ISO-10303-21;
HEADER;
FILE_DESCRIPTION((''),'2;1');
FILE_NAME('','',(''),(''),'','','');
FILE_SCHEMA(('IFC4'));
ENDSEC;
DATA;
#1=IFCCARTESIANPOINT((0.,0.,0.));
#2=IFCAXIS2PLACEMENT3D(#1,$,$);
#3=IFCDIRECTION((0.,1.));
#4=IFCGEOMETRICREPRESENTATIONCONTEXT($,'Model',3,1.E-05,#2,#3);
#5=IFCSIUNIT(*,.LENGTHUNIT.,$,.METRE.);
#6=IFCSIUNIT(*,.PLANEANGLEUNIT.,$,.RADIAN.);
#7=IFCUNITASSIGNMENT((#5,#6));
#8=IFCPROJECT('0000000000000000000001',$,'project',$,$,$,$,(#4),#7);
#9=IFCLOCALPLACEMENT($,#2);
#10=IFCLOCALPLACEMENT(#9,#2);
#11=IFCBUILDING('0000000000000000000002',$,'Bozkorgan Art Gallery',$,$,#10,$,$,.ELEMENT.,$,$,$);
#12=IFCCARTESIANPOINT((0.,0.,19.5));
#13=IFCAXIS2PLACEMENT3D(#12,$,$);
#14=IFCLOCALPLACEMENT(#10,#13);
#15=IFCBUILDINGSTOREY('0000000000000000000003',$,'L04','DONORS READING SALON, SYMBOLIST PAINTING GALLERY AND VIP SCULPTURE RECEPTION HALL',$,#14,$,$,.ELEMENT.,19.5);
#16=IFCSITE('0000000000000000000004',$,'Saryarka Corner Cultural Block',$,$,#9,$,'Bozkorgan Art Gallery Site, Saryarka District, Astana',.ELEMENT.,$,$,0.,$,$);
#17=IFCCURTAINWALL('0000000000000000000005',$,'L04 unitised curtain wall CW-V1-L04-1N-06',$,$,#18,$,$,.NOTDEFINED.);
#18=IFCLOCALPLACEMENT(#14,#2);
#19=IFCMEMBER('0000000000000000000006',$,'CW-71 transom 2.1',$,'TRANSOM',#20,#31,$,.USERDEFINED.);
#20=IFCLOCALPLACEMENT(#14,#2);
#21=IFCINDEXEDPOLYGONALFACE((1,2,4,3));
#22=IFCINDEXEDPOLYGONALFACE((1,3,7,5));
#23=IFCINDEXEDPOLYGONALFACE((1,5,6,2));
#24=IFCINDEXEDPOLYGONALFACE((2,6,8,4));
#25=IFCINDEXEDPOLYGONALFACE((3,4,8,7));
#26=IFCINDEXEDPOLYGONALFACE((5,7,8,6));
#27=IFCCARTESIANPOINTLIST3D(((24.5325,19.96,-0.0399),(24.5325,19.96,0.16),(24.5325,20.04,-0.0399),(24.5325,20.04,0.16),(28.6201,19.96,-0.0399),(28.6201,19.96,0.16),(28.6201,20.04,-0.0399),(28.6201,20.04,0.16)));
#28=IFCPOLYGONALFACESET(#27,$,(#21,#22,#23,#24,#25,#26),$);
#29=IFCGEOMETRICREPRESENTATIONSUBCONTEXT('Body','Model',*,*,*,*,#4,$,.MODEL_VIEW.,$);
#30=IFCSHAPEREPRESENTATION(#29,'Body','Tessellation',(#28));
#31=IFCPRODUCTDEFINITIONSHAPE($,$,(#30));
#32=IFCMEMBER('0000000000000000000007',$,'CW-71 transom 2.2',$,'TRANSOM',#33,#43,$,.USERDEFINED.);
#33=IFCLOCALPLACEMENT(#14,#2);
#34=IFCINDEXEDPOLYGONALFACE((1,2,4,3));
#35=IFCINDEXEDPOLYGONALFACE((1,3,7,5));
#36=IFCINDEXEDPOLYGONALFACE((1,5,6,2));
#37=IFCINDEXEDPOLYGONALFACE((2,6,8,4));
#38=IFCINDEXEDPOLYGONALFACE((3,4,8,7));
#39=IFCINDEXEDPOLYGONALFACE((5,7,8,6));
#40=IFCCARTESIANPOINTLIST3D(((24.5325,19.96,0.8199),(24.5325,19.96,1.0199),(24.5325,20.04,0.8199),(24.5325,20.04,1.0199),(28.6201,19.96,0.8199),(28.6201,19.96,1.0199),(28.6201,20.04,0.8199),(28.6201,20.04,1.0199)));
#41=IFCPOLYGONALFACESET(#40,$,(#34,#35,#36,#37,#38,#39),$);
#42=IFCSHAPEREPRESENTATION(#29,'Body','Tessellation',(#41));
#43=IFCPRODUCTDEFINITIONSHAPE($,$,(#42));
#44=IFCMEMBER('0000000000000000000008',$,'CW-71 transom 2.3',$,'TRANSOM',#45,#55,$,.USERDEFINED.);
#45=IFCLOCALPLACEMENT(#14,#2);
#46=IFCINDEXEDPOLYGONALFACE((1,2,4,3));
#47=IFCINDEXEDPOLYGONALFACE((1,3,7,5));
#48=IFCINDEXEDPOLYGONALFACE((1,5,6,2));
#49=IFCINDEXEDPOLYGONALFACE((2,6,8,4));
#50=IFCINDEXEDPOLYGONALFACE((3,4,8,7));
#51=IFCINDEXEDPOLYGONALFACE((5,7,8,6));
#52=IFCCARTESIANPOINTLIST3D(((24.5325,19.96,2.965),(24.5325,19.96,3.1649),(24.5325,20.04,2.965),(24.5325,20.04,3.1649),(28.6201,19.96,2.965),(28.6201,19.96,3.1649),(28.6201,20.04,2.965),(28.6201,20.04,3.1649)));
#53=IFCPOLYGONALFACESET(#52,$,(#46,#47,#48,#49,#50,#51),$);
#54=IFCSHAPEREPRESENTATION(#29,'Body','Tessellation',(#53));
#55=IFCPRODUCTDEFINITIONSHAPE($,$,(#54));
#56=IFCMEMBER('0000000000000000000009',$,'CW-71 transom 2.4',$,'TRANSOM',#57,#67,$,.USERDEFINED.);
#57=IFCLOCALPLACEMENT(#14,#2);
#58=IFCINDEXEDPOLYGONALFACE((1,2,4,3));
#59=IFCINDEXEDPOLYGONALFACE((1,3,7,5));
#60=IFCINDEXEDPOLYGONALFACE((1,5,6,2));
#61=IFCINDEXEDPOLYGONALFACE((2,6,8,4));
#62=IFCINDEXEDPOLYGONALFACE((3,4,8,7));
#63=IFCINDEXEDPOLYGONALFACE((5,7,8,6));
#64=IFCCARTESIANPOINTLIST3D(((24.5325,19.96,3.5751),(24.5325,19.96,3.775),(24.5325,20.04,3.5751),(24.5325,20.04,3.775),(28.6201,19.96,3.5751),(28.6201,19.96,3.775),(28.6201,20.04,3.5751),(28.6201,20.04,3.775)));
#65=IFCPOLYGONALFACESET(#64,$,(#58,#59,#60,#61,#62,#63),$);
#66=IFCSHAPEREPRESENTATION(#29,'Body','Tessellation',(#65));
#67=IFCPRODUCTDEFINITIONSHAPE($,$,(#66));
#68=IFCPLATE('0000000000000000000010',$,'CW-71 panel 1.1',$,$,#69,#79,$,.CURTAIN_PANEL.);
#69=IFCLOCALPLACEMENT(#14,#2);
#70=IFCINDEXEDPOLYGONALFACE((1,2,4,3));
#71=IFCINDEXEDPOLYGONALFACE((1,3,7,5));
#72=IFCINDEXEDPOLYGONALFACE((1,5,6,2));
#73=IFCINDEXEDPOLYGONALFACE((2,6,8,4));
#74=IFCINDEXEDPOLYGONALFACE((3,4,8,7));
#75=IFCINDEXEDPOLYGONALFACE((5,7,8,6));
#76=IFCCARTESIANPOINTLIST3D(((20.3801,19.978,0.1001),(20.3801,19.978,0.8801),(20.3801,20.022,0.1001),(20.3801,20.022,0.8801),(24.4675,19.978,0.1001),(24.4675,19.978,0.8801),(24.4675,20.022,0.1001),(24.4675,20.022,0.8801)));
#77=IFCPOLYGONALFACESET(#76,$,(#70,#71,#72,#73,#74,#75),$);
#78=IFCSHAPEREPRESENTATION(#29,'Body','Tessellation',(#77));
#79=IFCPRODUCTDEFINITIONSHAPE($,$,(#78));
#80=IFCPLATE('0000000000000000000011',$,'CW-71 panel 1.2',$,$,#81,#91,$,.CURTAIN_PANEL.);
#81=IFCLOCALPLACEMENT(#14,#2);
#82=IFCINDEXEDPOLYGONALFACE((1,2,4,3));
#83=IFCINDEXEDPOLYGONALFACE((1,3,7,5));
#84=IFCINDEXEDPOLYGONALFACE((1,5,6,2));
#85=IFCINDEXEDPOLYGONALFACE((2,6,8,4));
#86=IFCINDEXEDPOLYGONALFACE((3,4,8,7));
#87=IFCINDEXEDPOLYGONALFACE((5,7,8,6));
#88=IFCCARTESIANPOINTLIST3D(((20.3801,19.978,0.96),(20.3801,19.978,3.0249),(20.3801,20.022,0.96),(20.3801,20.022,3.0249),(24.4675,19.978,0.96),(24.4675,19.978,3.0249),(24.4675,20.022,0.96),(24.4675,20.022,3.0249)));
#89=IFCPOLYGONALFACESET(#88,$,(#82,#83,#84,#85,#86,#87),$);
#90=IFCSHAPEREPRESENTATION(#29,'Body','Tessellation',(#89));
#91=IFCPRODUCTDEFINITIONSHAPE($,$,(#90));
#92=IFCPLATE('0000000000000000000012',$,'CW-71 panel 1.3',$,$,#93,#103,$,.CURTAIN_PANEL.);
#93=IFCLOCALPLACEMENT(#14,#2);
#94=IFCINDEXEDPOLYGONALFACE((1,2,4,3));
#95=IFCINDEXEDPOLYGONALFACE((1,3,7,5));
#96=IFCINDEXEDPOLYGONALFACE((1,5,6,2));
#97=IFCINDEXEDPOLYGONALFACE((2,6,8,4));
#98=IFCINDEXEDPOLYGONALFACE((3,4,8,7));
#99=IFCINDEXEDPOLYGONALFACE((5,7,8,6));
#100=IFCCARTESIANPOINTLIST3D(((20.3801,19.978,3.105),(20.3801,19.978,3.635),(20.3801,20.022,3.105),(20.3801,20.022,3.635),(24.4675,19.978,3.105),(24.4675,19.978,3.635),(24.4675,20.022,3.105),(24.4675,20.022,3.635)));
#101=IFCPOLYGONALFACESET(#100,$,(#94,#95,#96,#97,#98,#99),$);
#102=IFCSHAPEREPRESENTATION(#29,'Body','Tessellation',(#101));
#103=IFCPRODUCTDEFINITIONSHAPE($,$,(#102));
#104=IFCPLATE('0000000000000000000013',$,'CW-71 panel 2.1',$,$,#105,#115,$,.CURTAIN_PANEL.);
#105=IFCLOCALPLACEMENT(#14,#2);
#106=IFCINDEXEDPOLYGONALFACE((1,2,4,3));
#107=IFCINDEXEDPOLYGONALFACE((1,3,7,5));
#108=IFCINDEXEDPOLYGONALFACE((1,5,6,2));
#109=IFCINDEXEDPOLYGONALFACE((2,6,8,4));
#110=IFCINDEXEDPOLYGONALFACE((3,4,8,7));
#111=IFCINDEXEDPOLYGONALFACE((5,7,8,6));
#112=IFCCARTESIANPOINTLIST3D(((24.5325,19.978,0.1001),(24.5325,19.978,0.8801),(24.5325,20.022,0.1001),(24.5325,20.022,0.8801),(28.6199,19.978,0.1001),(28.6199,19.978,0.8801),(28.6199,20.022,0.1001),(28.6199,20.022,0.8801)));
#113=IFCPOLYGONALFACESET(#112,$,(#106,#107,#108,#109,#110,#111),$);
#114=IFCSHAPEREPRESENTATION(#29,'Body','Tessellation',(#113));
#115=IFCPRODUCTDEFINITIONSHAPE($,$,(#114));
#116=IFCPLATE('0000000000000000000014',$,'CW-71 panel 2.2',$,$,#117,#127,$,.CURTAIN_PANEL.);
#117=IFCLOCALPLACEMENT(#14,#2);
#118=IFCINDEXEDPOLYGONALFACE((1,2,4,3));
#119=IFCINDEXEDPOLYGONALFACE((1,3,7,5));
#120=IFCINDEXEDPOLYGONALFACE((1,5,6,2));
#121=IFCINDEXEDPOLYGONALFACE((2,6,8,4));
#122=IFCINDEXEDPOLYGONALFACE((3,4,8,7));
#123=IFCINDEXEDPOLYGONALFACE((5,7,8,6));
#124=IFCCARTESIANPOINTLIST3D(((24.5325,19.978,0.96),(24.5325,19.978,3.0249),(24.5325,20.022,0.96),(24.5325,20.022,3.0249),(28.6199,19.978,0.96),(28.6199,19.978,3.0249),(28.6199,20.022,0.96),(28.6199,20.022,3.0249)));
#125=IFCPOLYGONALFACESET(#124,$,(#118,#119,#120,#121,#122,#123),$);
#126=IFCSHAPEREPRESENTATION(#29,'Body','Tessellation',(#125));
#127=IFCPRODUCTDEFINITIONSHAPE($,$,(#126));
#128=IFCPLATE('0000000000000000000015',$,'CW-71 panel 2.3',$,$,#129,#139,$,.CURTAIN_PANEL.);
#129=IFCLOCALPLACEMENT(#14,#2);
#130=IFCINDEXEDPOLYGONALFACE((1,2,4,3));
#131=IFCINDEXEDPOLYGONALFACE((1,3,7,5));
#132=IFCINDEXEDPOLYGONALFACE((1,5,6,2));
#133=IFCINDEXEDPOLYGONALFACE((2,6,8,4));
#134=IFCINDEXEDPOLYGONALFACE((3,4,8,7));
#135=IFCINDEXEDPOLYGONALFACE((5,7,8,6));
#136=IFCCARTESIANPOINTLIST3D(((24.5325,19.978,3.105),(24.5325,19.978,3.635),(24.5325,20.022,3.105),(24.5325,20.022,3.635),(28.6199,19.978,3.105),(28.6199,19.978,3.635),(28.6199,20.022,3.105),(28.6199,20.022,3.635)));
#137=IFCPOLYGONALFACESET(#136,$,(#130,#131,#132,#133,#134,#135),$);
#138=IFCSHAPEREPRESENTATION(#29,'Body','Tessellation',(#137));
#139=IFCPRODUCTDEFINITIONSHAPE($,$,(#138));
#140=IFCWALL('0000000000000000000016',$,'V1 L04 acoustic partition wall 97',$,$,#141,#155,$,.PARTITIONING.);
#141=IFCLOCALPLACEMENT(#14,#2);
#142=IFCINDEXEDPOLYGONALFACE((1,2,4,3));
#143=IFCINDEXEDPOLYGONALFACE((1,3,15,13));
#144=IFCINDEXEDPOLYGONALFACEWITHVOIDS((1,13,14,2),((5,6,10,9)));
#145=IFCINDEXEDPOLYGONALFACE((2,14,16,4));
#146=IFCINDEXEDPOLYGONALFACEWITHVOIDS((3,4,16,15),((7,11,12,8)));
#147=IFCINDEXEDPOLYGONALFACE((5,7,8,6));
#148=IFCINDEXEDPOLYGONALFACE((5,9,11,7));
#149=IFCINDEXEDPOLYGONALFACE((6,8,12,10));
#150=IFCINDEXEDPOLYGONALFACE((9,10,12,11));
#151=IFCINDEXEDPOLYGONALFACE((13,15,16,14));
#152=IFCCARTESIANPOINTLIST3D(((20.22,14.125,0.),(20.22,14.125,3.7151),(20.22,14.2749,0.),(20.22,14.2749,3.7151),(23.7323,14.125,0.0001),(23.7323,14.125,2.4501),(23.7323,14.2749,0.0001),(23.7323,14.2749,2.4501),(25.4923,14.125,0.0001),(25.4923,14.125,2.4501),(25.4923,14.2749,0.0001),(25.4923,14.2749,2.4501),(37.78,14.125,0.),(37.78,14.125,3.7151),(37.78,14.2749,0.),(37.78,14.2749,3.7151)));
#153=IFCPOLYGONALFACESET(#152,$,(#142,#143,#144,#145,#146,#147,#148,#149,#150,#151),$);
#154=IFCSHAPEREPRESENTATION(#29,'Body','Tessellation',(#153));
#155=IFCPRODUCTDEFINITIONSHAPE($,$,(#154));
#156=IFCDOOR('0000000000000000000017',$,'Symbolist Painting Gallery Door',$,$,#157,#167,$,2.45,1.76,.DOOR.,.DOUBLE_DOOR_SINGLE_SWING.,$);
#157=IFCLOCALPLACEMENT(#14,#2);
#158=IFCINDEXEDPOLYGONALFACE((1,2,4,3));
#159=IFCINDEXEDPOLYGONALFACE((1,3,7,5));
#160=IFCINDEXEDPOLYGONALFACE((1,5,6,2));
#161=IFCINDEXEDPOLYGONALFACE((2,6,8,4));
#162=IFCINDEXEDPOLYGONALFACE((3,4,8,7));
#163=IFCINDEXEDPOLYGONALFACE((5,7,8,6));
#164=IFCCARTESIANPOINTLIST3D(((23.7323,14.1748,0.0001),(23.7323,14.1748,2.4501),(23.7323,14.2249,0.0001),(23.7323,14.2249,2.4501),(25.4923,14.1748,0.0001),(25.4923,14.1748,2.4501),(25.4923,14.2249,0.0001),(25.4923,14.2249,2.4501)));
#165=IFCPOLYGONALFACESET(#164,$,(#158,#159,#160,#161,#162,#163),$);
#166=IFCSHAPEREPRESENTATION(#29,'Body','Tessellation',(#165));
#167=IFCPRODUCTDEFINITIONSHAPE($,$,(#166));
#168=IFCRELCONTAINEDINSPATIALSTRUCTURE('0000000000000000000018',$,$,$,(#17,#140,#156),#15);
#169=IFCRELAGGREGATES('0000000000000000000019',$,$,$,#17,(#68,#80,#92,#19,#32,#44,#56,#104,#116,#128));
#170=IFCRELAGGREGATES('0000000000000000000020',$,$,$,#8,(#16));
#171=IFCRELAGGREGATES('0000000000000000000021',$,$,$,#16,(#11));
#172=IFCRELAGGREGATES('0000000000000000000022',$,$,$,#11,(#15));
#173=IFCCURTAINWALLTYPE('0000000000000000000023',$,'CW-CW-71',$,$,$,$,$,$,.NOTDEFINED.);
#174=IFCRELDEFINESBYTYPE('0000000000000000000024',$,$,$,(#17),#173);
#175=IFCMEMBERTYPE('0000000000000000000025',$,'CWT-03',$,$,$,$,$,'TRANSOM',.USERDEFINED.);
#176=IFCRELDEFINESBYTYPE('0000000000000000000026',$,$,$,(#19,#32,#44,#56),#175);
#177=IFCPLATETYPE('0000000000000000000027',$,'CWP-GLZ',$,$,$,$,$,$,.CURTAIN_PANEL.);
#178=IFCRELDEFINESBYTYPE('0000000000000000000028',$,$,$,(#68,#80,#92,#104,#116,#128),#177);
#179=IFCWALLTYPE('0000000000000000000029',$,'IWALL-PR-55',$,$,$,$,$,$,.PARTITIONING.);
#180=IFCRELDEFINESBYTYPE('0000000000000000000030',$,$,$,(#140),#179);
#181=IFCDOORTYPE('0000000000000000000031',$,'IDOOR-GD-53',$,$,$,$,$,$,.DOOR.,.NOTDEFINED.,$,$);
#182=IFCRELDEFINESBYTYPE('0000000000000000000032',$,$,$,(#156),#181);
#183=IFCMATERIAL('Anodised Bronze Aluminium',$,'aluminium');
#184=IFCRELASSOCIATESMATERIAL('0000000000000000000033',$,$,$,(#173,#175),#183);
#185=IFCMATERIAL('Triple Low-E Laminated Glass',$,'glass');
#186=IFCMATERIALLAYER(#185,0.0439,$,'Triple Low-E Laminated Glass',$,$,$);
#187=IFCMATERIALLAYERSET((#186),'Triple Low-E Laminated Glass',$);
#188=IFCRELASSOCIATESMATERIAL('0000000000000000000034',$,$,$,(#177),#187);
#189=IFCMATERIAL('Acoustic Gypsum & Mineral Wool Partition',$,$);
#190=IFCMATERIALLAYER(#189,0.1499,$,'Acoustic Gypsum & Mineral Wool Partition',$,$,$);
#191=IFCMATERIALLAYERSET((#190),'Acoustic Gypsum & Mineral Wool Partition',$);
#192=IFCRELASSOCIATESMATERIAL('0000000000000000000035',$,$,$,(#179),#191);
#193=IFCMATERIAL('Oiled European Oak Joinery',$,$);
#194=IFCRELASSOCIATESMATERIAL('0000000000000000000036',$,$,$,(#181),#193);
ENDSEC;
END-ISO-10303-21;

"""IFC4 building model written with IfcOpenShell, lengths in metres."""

from ifc_helpers import new_model, si_unit, direction, frame, frame_2d, origin, origin_2d, place, context, subcontext, project, spatial, rectangle, extrude, material, layer, layer_set, material_profile, profile_set, type_object, element, fill, aggregate, save


model = new_model("IFC4")

# Units and contexts
model_context = context("Model", 3, precision=1e-05, world=origin(), true_north=direction((0.0, 1.0)))
body_context = subcontext(model_context, "Body", "Model", "MODEL_VIEW")
ifc_project = project(units=[si_unit("LENGTHUNIT", "METRE"), si_unit("PLANEANGLEUNIT", "RADIAN")], contexts=[model_context])

# Site, building, storey
site_placement = place(None, origin())
site = spatial("IfcSite", under=ifc_project, at=site_placement, Name="Saryarka Corner Cultural Block", LongName="Bozkorgan Art Gallery Site, Saryarka District, Astana", CompositionType="ELEMENT", RefElevation=0.0)
building_placement = place(site_placement, origin())
building = spatial("IfcBuilding", under=site, at=building_placement, Name="Bozkorgan Art Gallery", CompositionType="ELEMENT")
storey_placement = place(building_placement, frame((0.0, 0.0, 19.5)))
storey = spatial("IfcBuildingStorey", under=building, at=storey_placement, Name="L04", Description="DONORS READING SALON, SYMBOLIST PAINTING GALLERY AND VIP SCULPTURE RECEPTION HALL", CompositionType="ELEMENT", Elevation=19.5)

# Curtain wall, members, plates
ifc_material_1 = material(Name="Anodised Bronze Aluminium", Category="aluminium")
curtain_wall_type = type_object("IfcCurtainWallType", Name="CW-CW-71", PredefinedType="NOTDEFINED", material=ifc_material_1)
curtain_wall_placement = place(storey_placement, origin())
curtain_wall = element("IfcCurtainWall", 1, at=curtain_wall_placement, inside=storey, type_object=curtain_wall_type, Name="L04 unitised curtain wall CW-V1-L04-1N-06", PredefinedType="NOTDEFINED")
ifc_material_profile_1 = material_profile(ifc_material_1, rectangle(XDim=0.0801, YDim=0.2, at=origin_2d()), Name="ALU TRANSOM 80x200")
ifc_profile_set_1 = profile_set([ifc_material_profile_1], Name="Anodised Bronze Aluminium")
member_type_1 = type_object("IfcMemberType", Name="CWT-03", ElementType="TRANSOM", PredefinedType="USERDEFINED", material=ifc_profile_set_1)
member_1_placement = place(storey_placement, frame((24.5325, 20.0, 0.0601), z_axis=(1.0, 0.0, 0.0), x_axis=(0.0, 1.0, 0.0)))
member_1 = element("IfcMember", 2, at=member_1_placement, type_object=member_type_1, Name="CW-71 transom 2.1", ObjectType="TRANSOM", PredefinedType="USERDEFINED", context=body_context, shape_type="SweptSolid", body=[
    extrude(rectangle(XDim=0.0801, YDim=0.2, at=origin_2d()), origin(), (0.0, 0.0, 1.0), 4.0876),
])
member_2_placement = place(storey_placement, frame((24.5325, 20.0, 0.9199), z_axis=(1.0, 0.0, 0.0), x_axis=(0.0, 1.0, 0.0)))
member_2 = element("IfcMember", 3, at=member_2_placement, type_object=member_type_1, Name="CW-71 transom 2.2", ObjectType="TRANSOM", PredefinedType="USERDEFINED", context=body_context, shape_type="SweptSolid", body=[
    extrude(rectangle(XDim=0.0801, YDim=0.2, at=origin_2d()), origin(), (0.0, 0.0, 1.0), 4.0876),
])
member_3_placement = place(storey_placement, frame((24.5325, 20.0, 3.0649), z_axis=(1.0, 0.0, 0.0), x_axis=(0.0, 1.0, 0.0)))
member_3 = element("IfcMember", 4, at=member_3_placement, type_object=member_type_1, Name="CW-71 transom 2.3", ObjectType="TRANSOM", PredefinedType="USERDEFINED", context=body_context, shape_type="SweptSolid", body=[
    extrude(rectangle(XDim=0.0801, YDim=0.2, at=origin_2d()), origin(), (0.0, 0.0, 1.0), 4.0876),
])
member_4_placement = place(storey_placement, frame((24.5325, 20.0, 3.675), z_axis=(1.0, 0.0, 0.0), x_axis=(0.0, 1.0, 0.0)))
member_4 = element("IfcMember", 5, at=member_4_placement, type_object=member_type_1, Name="CW-71 transom 2.4", ObjectType="TRANSOM", PredefinedType="USERDEFINED", context=body_context, shape_type="SweptSolid", body=[
    extrude(rectangle(XDim=0.0801, YDim=0.2, at=origin_2d()), origin(), (0.0, 0.0, 1.0), 4.0876),
])
ifc_material_2 = material(Name="Triple Low-E Laminated Glass", Category="glass")
ifc_layer_1 = layer(ifc_material_2, 0.0439, Name="Triple Low-E Laminated Glass")
ifc_layer_set_1 = layer_set([ifc_layer_1], Name="Triple Low-E Laminated Glass")
plate_type = type_object("IfcPlateType", Name="CWP-GLZ", PredefinedType="CURTAIN_PANEL", material=ifc_layer_set_1)
plate_1_placement = place(storey_placement, frame((22.4238, 20.0, 0.1001), z_axis=(0.0, 0.0, 1.0), x_axis=(1.0, 0.0, 0.0)))
plate_1 = element("IfcPlate", 6, at=plate_1_placement, type_object=plate_type, Name="CW-71 panel 1.1", PredefinedType="CURTAIN_PANEL", context=body_context, shape_type="SweptSolid", body=[
    extrude(rectangle(XDim=4.0874, YDim=0.0439, at=origin_2d()), origin(), (0.0, 0.0, 1.0), 0.78),
])
plate_2_placement = place(storey_placement, frame((22.4238, 20.0, 0.96), z_axis=(0.0, 0.0, 1.0), x_axis=(1.0, 0.0, 0.0)))
plate_2 = element("IfcPlate", 7, at=plate_2_placement, type_object=plate_type, Name="CW-71 panel 1.2", PredefinedType="CURTAIN_PANEL", context=body_context, shape_type="SweptSolid", body=[
    extrude(rectangle(XDim=4.0874, YDim=0.0439, at=origin_2d()), origin(), (0.0, 0.0, 1.0), 2.0649),
])
plate_3_placement = place(storey_placement, frame((22.4238, 20.0, 3.105), z_axis=(0.0, 0.0, 1.0), x_axis=(1.0, 0.0, 0.0)))
plate_3 = element("IfcPlate", 8, at=plate_3_placement, type_object=plate_type, Name="CW-71 panel 1.3", PredefinedType="CURTAIN_PANEL", context=body_context, shape_type="SweptSolid", body=[
    extrude(rectangle(XDim=4.0874, YDim=0.0439, at=origin_2d()), origin(), (0.0, 0.0, 1.0), 0.53),
])
plate_4_placement = place(storey_placement, frame((26.5762, 20.0, 0.1001), z_axis=(0.0, 0.0, 1.0), x_axis=(1.0, 0.0, 0.0)))
plate_4 = element("IfcPlate", 9, at=plate_4_placement, type_object=plate_type, Name="CW-71 panel 2.1", PredefinedType="CURTAIN_PANEL", context=body_context, shape_type="SweptSolid", body=[
    extrude(rectangle(XDim=4.0874, YDim=0.0439, at=origin_2d()), origin(), (0.0, 0.0, 1.0), 0.78),
])
plate_5_placement = place(storey_placement, frame((26.5762, 20.0, 0.96), z_axis=(0.0, 0.0, 1.0), x_axis=(1.0, 0.0, 0.0)))
plate_5 = element("IfcPlate", 10, at=plate_5_placement, type_object=plate_type, Name="CW-71 panel 2.2", PredefinedType="CURTAIN_PANEL", context=body_context, shape_type="SweptSolid", body=[
    extrude(rectangle(XDim=4.0874, YDim=0.0439, at=origin_2d()), origin(), (0.0, 0.0, 1.0), 2.0649),
])
plate_6_placement = place(storey_placement, frame((26.5762, 20.0, 3.105), z_axis=(0.0, 0.0, 1.0), x_axis=(1.0, 0.0, 0.0)))
plate_6 = element("IfcPlate", 11, at=plate_6_placement, type_object=plate_type, Name="CW-71 panel 2.3", PredefinedType="CURTAIN_PANEL", context=body_context, shape_type="SweptSolid", body=[
    extrude(rectangle(XDim=4.0874, YDim=0.0439, at=origin_2d()), origin(), (0.0, 0.0, 1.0), 0.53),
])
aggregate(curtain_wall, [plate_1, plate_2, plate_3, member_1, member_2, member_3, member_4, plate_4, plate_5, plate_6])

# Wall, opening, door
ifc_material_3 = material(Name="Acoustic Gypsum & Mineral Wool Partition")
ifc_layer_2 = layer(ifc_material_3, 0.1499, Name="Acoustic Gypsum & Mineral Wool Partition")
ifc_layer_set_2 = layer_set([ifc_layer_2], Name="Acoustic Gypsum & Mineral Wool Partition")
wall_type = type_object("IfcWallType", Name="IWALL-PR-55", PredefinedType="PARTITIONING", material=ifc_layer_set_2)
wall_placement = place(storey_placement, frame((20.22, 14.2, 0.0), z_axis=(0.0, 0.0, 1.0), x_axis=(1.0, 0.0, 0.0)))
wall = element("IfcWall", 12, at=wall_placement, inside=storey, type_object=wall_type, Name="V1 L04 acoustic partition wall 97", PredefinedType="PARTITIONING", context=body_context, shape_type="SweptSolid", body=[
    extrude(rectangle(XDim=17.5601, YDim=0.1499, at=frame_2d((8.78, 0.0))), origin(), (0.0, 0.0, 1.0), 3.7151),
])
opening_placement = place(wall_placement, frame((3.5125, 0.0, 0.0)))
opening = element("IfcOpeningElement", 13, at=opening_placement, cuts=wall, PredefinedType="OPENING", context=body_context, shape_type="SweptSolid", body=[
    extrude(rectangle(XDim=1.76, YDim=2.45, at=frame_2d((0.8799, 1.2251))), frame((0.0, 0.085, 0.0), z_axis=(0.0, -1.0, 0.0), x_axis=(1.0, 0.0, 0.0)), (0.0, 0.0, 1.0), 0.1699),
])
ifc_material_4 = material(Name="Oiled European Oak Joinery")
door_type = type_object("IfcDoorType", Name="IDOOR-GD-53", OperationType="NOTDEFINED", PredefinedType="DOOR", material=ifc_material_4)
door_placement = place(opening_placement, origin())
door = element("IfcDoor", 14, at=door_placement, inside=storey, type_object=door_type, Name="Symbolist Painting Gallery Door", OperationType="DOUBLE_DOOR_SINGLE_SWING", OverallHeight=2.45, OverallWidth=1.76, PredefinedType="DOOR", context=body_context, shape_type="SweptSolid", body=[
    extrude(rectangle(XDim=1.76, YDim=2.45, at=frame_2d((0.8799, 1.2251))), frame((0.0, 0.0249, 0.0), z_axis=(0.0, -1.0, 0.0), x_axis=(1.0, 0.0, 0.0)), (0.0, 0.0, 1.0), 0.05),
])
fill(opening, door)

save(model, "model.ifc")
